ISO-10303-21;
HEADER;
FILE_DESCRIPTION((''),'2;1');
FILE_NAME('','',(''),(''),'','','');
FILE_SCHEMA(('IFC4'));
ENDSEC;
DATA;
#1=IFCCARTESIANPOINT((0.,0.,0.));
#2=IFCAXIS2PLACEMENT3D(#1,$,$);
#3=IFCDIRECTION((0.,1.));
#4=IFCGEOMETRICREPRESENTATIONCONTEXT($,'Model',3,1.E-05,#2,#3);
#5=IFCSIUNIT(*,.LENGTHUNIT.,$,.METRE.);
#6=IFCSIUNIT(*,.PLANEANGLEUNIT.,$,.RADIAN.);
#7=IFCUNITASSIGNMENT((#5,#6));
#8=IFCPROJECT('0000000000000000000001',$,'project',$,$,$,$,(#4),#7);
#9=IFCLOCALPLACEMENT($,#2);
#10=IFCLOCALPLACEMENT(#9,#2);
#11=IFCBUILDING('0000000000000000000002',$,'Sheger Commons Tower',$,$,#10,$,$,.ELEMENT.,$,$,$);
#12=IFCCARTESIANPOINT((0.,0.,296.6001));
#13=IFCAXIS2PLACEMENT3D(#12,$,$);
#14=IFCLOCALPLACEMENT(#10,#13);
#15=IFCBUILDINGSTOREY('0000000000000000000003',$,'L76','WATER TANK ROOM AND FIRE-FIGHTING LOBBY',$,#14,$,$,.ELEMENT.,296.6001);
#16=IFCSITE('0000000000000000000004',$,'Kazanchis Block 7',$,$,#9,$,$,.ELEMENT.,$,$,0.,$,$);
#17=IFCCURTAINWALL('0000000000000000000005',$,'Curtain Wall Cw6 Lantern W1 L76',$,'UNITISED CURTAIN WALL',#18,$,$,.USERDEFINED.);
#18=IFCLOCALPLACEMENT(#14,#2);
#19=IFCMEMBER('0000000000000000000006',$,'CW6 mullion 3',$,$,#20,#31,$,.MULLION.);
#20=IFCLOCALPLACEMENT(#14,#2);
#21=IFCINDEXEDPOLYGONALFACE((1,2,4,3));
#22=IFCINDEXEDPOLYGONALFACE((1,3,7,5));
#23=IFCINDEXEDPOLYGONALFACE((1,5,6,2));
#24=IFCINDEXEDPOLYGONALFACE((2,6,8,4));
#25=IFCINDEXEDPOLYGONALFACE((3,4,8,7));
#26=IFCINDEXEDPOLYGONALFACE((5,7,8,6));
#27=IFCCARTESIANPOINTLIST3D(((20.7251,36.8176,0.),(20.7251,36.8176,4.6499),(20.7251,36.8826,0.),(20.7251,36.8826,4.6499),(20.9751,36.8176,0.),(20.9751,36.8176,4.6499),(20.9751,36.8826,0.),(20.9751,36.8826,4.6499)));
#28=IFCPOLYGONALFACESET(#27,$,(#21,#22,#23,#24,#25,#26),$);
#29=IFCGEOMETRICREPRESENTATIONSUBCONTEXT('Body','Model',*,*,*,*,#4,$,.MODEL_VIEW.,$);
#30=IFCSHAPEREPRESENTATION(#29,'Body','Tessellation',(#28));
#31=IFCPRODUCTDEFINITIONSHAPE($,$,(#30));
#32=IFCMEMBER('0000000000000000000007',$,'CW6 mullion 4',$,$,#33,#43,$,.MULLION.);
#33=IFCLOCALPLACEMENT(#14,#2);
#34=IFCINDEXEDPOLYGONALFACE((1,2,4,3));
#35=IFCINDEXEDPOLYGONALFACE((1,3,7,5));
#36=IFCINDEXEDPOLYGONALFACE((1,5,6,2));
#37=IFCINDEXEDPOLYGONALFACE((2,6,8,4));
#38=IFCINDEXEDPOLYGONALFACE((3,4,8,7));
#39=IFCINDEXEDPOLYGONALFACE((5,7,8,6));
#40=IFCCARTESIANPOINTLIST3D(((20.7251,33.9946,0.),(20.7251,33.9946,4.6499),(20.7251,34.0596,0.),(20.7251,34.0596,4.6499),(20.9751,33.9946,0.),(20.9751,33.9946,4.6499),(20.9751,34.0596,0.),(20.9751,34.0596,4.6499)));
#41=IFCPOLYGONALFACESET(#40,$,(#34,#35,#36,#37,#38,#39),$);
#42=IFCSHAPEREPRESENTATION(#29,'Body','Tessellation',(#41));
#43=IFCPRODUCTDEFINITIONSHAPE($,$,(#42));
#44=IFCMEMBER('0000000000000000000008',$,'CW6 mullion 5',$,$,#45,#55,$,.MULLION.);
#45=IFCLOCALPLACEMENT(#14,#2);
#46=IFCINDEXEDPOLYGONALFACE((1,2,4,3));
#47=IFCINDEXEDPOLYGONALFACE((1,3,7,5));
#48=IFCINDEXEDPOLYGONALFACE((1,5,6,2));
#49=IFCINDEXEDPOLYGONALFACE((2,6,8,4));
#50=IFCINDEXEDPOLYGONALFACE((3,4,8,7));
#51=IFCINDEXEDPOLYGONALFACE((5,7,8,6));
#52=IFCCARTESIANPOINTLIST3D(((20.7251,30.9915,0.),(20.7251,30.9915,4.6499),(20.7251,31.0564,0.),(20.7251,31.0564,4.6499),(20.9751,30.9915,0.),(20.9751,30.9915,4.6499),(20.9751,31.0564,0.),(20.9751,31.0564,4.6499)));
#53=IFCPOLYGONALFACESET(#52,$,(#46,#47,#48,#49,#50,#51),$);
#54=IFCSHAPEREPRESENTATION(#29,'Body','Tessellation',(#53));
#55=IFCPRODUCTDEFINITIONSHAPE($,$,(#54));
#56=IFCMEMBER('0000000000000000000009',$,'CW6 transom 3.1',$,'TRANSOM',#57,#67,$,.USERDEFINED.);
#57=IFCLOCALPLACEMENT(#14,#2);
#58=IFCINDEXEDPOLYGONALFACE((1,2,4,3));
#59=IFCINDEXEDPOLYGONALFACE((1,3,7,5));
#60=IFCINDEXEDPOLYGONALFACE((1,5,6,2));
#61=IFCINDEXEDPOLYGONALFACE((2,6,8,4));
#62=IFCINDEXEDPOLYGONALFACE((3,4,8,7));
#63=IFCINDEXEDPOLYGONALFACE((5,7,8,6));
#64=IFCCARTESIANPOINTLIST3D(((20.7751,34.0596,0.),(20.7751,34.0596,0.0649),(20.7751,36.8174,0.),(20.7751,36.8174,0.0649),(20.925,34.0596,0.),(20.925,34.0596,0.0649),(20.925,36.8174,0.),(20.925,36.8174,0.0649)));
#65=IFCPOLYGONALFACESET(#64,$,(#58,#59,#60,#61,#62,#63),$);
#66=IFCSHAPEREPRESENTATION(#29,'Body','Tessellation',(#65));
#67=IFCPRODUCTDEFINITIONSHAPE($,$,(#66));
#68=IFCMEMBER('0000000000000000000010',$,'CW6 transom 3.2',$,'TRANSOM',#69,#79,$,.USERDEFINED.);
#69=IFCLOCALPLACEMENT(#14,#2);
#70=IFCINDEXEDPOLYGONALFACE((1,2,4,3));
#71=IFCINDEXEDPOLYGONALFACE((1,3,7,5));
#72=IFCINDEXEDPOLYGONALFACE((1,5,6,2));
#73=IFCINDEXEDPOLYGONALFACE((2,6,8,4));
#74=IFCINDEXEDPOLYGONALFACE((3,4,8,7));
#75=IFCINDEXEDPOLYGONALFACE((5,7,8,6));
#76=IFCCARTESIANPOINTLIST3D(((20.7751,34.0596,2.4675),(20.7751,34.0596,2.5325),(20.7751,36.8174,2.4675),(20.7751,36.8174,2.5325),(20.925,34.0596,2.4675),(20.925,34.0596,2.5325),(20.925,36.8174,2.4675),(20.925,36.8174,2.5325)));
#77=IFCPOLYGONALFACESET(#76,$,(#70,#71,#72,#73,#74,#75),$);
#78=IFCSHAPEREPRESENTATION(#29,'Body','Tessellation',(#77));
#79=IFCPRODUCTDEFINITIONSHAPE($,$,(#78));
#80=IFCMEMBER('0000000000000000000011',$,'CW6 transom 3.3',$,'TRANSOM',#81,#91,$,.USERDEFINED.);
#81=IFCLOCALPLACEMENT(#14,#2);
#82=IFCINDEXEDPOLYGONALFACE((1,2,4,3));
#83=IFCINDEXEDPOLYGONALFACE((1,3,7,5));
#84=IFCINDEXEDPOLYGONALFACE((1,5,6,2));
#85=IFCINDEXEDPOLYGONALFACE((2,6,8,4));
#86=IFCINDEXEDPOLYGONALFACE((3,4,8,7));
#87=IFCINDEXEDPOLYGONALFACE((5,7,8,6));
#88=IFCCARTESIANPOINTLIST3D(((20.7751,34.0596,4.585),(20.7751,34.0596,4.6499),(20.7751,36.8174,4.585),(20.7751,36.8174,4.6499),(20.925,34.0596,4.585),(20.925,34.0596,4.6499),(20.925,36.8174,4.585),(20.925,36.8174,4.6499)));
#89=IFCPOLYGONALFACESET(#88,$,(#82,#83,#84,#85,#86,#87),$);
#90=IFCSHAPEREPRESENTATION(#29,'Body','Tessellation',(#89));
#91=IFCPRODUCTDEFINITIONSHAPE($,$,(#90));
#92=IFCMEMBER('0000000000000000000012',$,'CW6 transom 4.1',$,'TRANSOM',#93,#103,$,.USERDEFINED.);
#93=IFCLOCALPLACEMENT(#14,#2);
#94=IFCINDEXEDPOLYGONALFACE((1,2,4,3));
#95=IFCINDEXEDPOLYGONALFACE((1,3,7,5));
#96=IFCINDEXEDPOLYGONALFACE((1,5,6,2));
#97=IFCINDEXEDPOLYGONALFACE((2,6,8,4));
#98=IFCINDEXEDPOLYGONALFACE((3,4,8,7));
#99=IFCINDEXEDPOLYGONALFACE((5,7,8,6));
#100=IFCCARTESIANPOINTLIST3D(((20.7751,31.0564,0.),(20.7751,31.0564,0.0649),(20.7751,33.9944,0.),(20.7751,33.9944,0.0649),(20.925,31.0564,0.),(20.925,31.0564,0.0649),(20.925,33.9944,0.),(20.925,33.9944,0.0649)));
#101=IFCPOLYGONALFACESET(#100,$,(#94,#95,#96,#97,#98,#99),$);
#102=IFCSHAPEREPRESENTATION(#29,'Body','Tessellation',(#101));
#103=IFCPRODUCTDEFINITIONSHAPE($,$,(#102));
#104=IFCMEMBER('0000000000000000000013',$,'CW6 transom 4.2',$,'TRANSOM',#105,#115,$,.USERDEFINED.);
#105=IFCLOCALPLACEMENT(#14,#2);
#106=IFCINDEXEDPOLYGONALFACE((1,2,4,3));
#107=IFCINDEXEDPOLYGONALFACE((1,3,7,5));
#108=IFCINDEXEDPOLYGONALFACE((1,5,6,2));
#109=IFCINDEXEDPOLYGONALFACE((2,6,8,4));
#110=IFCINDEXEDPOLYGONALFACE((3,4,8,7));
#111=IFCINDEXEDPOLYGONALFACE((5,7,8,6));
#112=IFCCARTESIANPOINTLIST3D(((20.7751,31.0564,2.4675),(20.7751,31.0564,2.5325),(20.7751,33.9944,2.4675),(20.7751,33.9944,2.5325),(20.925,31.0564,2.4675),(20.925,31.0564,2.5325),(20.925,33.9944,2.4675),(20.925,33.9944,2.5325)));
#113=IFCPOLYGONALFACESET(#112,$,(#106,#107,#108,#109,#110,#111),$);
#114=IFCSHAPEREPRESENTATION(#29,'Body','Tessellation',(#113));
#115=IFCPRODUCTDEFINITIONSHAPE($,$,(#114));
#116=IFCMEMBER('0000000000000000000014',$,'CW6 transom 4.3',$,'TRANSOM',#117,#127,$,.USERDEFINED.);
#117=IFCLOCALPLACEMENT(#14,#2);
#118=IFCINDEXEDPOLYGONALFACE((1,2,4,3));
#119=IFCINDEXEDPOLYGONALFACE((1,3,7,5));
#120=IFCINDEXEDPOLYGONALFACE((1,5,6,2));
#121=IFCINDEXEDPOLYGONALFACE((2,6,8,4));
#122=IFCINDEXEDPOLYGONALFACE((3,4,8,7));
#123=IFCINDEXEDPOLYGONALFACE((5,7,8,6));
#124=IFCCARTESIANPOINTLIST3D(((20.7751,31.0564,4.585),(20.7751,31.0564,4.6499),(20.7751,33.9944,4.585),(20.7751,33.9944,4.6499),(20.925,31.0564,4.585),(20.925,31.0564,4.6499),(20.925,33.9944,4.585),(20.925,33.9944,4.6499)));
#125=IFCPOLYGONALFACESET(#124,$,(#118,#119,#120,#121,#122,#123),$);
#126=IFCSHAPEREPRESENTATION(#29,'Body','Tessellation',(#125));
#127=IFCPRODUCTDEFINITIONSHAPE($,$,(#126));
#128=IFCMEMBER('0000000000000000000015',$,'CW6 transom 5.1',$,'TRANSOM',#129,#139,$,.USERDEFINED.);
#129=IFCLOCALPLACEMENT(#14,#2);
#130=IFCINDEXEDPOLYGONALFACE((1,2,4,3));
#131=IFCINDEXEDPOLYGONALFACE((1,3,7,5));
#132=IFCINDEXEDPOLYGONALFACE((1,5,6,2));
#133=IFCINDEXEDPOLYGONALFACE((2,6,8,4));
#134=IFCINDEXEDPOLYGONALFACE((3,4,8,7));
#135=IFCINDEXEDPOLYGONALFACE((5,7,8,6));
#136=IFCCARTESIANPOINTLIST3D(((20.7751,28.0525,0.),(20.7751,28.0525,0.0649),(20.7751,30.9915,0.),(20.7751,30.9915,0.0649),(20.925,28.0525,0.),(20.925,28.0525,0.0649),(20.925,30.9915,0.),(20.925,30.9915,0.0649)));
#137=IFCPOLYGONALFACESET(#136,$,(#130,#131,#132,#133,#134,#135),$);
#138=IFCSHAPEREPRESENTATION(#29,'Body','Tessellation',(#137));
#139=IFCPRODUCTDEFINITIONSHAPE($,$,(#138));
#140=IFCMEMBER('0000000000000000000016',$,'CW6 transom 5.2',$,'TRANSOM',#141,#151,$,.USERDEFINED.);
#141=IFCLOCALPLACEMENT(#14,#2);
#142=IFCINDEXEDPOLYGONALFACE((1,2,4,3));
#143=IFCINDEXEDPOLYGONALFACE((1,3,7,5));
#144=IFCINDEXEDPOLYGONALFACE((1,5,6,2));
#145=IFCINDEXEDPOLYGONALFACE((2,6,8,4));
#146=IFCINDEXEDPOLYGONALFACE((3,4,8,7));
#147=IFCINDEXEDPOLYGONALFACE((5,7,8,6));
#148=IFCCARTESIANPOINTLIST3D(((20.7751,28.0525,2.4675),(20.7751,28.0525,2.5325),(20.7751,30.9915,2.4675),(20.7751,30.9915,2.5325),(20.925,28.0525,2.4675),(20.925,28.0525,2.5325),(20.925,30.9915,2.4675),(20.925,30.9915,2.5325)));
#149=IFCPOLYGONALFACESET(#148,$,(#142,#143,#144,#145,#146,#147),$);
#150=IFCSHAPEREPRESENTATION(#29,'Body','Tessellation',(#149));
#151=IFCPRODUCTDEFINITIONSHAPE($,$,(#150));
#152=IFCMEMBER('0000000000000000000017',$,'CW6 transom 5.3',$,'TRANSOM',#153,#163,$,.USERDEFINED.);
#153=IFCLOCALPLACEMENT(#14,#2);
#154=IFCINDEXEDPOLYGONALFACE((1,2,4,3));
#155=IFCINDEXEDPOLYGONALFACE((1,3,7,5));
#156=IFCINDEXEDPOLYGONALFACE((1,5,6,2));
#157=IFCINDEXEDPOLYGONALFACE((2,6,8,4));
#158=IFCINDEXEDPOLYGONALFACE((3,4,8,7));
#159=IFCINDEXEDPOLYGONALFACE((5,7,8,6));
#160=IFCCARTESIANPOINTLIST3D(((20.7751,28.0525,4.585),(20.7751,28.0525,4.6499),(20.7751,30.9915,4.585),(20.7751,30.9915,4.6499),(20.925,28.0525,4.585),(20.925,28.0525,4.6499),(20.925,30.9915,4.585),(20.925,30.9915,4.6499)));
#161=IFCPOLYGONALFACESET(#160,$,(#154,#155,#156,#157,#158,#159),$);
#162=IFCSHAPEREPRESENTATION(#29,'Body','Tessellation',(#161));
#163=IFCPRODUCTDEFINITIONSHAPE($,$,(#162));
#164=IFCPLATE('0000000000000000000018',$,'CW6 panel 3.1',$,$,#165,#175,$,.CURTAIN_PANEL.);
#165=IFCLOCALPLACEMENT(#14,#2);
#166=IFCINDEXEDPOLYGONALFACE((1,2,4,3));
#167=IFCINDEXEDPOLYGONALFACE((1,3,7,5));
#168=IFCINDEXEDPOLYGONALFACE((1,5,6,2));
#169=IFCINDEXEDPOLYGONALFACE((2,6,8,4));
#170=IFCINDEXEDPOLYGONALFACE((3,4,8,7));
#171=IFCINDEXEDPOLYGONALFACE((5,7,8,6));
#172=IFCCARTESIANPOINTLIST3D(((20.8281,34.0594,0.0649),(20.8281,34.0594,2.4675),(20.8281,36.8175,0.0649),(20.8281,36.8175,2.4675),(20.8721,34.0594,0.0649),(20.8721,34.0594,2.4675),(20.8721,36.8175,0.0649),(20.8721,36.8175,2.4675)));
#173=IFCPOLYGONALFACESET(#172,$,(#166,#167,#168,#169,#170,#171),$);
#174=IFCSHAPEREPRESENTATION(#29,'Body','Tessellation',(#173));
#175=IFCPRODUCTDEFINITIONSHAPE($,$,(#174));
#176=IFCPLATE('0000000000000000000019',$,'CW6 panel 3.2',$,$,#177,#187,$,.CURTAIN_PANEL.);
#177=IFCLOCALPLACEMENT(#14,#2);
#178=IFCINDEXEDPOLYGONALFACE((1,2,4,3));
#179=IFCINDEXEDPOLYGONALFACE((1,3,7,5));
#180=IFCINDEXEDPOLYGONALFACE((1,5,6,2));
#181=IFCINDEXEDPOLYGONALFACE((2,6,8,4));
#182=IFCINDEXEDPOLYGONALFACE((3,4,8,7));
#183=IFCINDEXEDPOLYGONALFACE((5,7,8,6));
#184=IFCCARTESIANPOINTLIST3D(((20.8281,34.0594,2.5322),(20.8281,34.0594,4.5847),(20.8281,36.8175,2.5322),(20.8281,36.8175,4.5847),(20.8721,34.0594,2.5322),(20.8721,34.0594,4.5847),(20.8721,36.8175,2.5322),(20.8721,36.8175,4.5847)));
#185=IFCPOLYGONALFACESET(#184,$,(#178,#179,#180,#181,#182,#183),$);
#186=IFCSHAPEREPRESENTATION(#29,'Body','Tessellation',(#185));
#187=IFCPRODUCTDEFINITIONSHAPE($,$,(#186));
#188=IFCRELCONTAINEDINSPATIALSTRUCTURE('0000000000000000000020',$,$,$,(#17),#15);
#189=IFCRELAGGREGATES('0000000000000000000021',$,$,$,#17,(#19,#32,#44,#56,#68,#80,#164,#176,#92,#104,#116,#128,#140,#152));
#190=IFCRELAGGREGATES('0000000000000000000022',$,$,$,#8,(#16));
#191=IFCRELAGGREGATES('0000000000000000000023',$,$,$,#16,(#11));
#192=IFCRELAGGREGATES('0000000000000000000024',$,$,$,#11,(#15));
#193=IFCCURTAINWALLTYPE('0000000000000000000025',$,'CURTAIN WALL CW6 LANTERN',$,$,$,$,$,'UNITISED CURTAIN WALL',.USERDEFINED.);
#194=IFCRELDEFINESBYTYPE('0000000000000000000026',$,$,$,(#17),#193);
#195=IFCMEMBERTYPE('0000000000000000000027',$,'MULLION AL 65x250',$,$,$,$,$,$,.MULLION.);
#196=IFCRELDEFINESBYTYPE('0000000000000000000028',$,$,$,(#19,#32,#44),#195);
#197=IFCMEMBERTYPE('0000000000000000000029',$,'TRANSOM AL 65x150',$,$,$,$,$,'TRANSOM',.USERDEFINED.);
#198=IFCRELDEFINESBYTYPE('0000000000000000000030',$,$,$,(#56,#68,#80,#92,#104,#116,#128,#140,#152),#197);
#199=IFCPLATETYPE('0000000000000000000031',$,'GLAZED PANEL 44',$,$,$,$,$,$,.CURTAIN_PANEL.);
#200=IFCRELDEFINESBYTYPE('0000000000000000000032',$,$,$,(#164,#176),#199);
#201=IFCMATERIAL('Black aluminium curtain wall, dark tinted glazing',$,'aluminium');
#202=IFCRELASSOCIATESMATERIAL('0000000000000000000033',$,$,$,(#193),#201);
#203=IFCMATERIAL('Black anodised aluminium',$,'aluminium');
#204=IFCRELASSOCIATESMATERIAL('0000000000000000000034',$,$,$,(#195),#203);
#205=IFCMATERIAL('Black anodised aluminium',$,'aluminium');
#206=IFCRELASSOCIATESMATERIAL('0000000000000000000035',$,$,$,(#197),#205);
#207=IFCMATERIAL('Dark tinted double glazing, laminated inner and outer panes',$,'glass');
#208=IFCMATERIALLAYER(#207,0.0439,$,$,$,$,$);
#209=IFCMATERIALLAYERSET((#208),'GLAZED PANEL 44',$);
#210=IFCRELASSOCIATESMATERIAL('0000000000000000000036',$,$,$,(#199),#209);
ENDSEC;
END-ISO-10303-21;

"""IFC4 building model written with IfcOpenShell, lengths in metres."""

from ifc_helpers import new_model, si_unit, direction, frame, origin, origin_2d, place, context, subcontext, project, spatial, rectangle, extrude, material, layer, layer_set, material_profile, profile_set, type_object, element, aggregate, save


model = new_model("IFC4")

# Units and contexts
model_context = context("Model", 3, precision=1e-05, world=origin(), true_north=direction((0.0, 1.0)))
body_context = subcontext(model_context, "Body", "Model", "MODEL_VIEW")
ifc_project = project(units=[si_unit("LENGTHUNIT", "METRE"), si_unit("PLANEANGLEUNIT", "RADIAN")], contexts=[model_context])

# Site, building, storey
site_placement = place(None, origin())
site = spatial("IfcSite", under=ifc_project, at=site_placement, Name="Kazanchis Block 7", CompositionType="ELEMENT", RefElevation=0.0)
building_placement = place(site_placement, origin())
building = spatial("IfcBuilding", under=site, at=building_placement, Name="Sheger Commons Tower", CompositionType="ELEMENT")
storey_placement = place(building_placement, frame((0.0, 0.0, 296.6001)))
storey = spatial("IfcBuildingStorey", under=building, at=storey_placement, Name="L76", Description="WATER TANK ROOM AND FIRE-FIGHTING LOBBY", CompositionType="ELEMENT", Elevation=296.6001)

# Curtain wall, members, plates
ifc_material_1 = material(Name="Black aluminium curtain wall, dark tinted glazing", Category="aluminium")
curtain_wall_type = type_object("IfcCurtainWallType", Name="CURTAIN WALL CW6 LANTERN", ElementType="UNITISED CURTAIN WALL", PredefinedType="USERDEFINED", material=ifc_material_1)
curtain_wall_placement = place(storey_placement, origin())
curtain_wall = element("IfcCurtainWall", 1, at=curtain_wall_placement, inside=storey, type_object=curtain_wall_type, Name="Curtain Wall Cw6 Lantern W1 L76", ObjectType="UNITISED CURTAIN WALL", PredefinedType="USERDEFINED")
ifc_material_2 = material(Name="Black anodised aluminium", Category="aluminium")
ifc_material_profile_1 = material_profile(ifc_material_2, rectangle(XDim=0.25, YDim=0.0649, at=origin_2d()), Name="AL 65x250")
ifc_profile_set_1 = profile_set([ifc_material_profile_1], Name="Black anodised aluminium")
member_type_1 = type_object("IfcMemberType", Name="MULLION AL 65x250", PredefinedType="MULLION", material=ifc_profile_set_1)
member_1_placement = place(storey_placement, frame((20.8501, 36.8501, 0.0), z_axis=(0.0, 0.0, 1.0), x_axis=(1.0, 0.0, 0.0)))
member_1 = element("IfcMember", 2, at=member_1_placement, type_object=member_type_1, Name="CW6 mullion 3", PredefinedType="MULLION", context=body_context, shape_type="SweptSolid", body=[
    extrude(rectangle(XDim=0.25, YDim=0.0649, at=origin_2d()), origin(), (0.0, 0.0, 1.0), 4.6499),
])
member_2_placement = place(storey_placement, frame((20.8501, 34.0271, 0.0), z_axis=(0.0, 0.0, 1.0), x_axis=(1.0, 0.0, 0.0)))
member_2 = element("IfcMember", 3, at=member_2_placement, type_object=member_type_1, Name="CW6 mullion 4", PredefinedType="MULLION", context=body_context, shape_type="SweptSolid", body=[
    extrude(rectangle(XDim=0.25, YDim=0.0649, at=origin_2d()), origin(), (0.0, 0.0, 1.0), 4.6499),
])
member_3_placement = place(storey_placement, frame((20.8501, 31.0239, 0.0), z_axis=(0.0, 0.0, 1.0), x_axis=(1.0, 0.0, 0.0)))
member_3 = element("IfcMember", 4, at=member_3_placement, type_object=member_type_1, Name="CW6 mullion 5", PredefinedType="MULLION", context=body_context, shape_type="SweptSolid", body=[
    extrude(rectangle(XDim=0.25, YDim=0.0649, at=origin_2d()), origin(), (0.0, 0.0, 1.0), 4.6499),
])
ifc_material_3 = material(Name="Black anodised aluminium", Category="aluminium")
ifc_material_profile_2 = material_profile(ifc_material_3, rectangle(XDim=0.1499, YDim=0.0649, at=origin_2d()), Name="AL 65x150")
ifc_profile_set_2 = profile_set([ifc_material_profile_2], Name="Black anodised aluminium")
member_type_2 = type_object("IfcMemberType", Name="TRANSOM AL 65x150", ElementType="TRANSOM", PredefinedType="USERDEFINED", material=ifc_profile_set_2)
member_4_placement = place(storey_placement, frame((20.8501, 36.8174, 0.0325), z_axis=(0.0, -1.0, 0.0), x_axis=(1.0, 0.0, 0.0)))
member_4 = element("IfcMember", 5, at=member_4_placement, type_object=member_type_2, Name="CW6 transom 3.1", ObjectType="TRANSOM", PredefinedType="USERDEFINED", context=body_context, shape_type="SweptSolid", body=[
    extrude(rectangle(XDim=0.1499, YDim=0.0649, at=origin_2d()), origin(), (0.0, 0.0, 1.0), 2.7578),
])
member_5_placement = place(storey_placement, frame((20.8501, 36.8174, 2.5), z_axis=(0.0, -1.0, 0.0), x_axis=(1.0, 0.0, 0.0)))
member_5 = element("IfcMember", 6, at=member_5_placement, type_object=member_type_2, Name="CW6 transom 3.2", ObjectType="TRANSOM", PredefinedType="USERDEFINED", context=body_context, shape_type="SweptSolid", body=[
    extrude(rectangle(XDim=0.1499, YDim=0.0649, at=origin_2d()), origin(), (0.0, 0.0, 1.0), 2.7578),
])
member_6_placement = place(storey_placement, frame((20.8501, 36.8174, 4.6174), z_axis=(0.0, -1.0, 0.0), x_axis=(1.0, 0.0, 0.0)))
member_6 = element("IfcMember", 7, at=member_6_placement, type_object=member_type_2, Name="CW6 transom 3.3", ObjectType="TRANSOM", PredefinedType="USERDEFINED", context=body_context, shape_type="SweptSolid", body=[
    extrude(rectangle(XDim=0.1499, YDim=0.0649, at=origin_2d()), origin(), (0.0, 0.0, 1.0), 2.7578),
])
member_7_placement = place(storey_placement, frame((20.8501, 33.9944, 0.0325), z_axis=(0.0, -1.0, 0.0), x_axis=(1.0, 0.0, 0.0)))
member_7 = element("IfcMember", 8, at=member_7_placement, type_object=member_type_2, Name="CW6 transom 4.1", ObjectType="TRANSOM", PredefinedType="USERDEFINED", context=body_context, shape_type="SweptSolid", body=[
    extrude(rectangle(XDim=0.1499, YDim=0.0649, at=origin_2d()), origin(), (0.0, 0.0, 1.0), 2.938),
])
member_8_placement = place(storey_placement, frame((20.8501, 33.9944, 2.5), z_axis=(0.0, -1.0, 0.0), x_axis=(1.0, 0.0, 0.0)))
member_8 = element("IfcMember", 9, at=member_8_placement, type_object=member_type_2, Name="CW6 transom 4.2", ObjectType="TRANSOM", PredefinedType="USERDEFINED", context=body_context, shape_type="SweptSolid", body=[
    extrude(rectangle(XDim=0.1499, YDim=0.0649, at=origin_2d()), origin(), (0.0, 0.0, 1.0), 2.938),
])
member_9_placement = place(storey_placement, frame((20.8501, 33.9944, 4.6174), z_axis=(0.0, -1.0, 0.0), x_axis=(1.0, 0.0, 0.0)))
member_9 = element("IfcMember", 10, at=member_9_placement, type_object=member_type_2, Name="CW6 transom 4.3", ObjectType="TRANSOM", PredefinedType="USERDEFINED", context=body_context, shape_type="SweptSolid", body=[
    extrude(rectangle(XDim=0.1499, YDim=0.0649, at=origin_2d()), origin(), (0.0, 0.0, 1.0), 2.938),
])
member_10_placement = place(storey_placement, frame((20.8501, 30.9915, 0.0325), z_axis=(0.0, -1.0, 0.0), x_axis=(1.0, 0.0, 0.0)))
member_10 = element("IfcMember", 11, at=member_10_placement, type_object=member_type_2, Name="CW6 transom 5.1", ObjectType="TRANSOM", PredefinedType="USERDEFINED", context=body_context, shape_type="SweptSolid", body=[
    extrude(rectangle(XDim=0.1499, YDim=0.0649, at=origin_2d()), origin(), (0.0, 0.0, 1.0), 2.939),
])
member_11_placement = place(storey_placement, frame((20.8501, 30.9915, 2.5), z_axis=(0.0, -1.0, 0.0), x_axis=(1.0, 0.0, 0.0)))
member_11 = element("IfcMember", 12, at=member_11_placement, type_object=member_type_2, Name="CW6 transom 5.2", ObjectType="TRANSOM", PredefinedType="USERDEFINED", context=body_context, shape_type="SweptSolid", body=[
    extrude(rectangle(XDim=0.1499, YDim=0.0649, at=origin_2d()), origin(), (0.0, 0.0, 1.0), 2.939),
])
member_12_placement = place(storey_placement, frame((20.8501, 30.9915, 4.6174), z_axis=(0.0, -1.0, 0.0), x_axis=(1.0, 0.0, 0.0)))
member_12 = element("IfcMember", 13, at=member_12_placement, type_object=member_type_2, Name="CW6 transom 5.3", ObjectType="TRANSOM", PredefinedType="USERDEFINED", context=body_context, shape_type="SweptSolid", body=[
    extrude(rectangle(XDim=0.1499, YDim=0.0649, at=origin_2d()), origin(), (0.0, 0.0, 1.0), 2.939),
])
ifc_material_4 = material(Name="Dark tinted double glazing, laminated inner and outer panes", Category="glass")
ifc_layer_1 = layer(ifc_material_4, 0.0439)
ifc_layer_set_1 = layer_set([ifc_layer_1], Name="GLAZED PANEL 44")
plate_type = type_object("IfcPlateType", Name="GLAZED PANEL 44", PredefinedType="CURTAIN_PANEL", material=ifc_layer_set_1)
plate_1_placement = place(storey_placement, frame((20.8501, 35.4385, 0.0649), z_axis=(0.0, 0.0, 1.0), x_axis=(0.0, -1.0, 0.0)))
plate_1 = element("IfcPlate", 14, at=plate_1_placement, type_object=plate_type, Name="CW6 panel 3.1", PredefinedType="CURTAIN_PANEL", context=body_context, shape_type="SweptSolid", body=[
    extrude(rectangle(XDim=2.7581, YDim=0.0439, at=origin_2d()), origin(), (0.0, 0.0, 1.0), 2.4026),
])
plate_2_placement = place(storey_placement, frame((20.8501, 35.4385, 2.5322), z_axis=(0.0, 0.0, 1.0), x_axis=(0.0, -1.0, 0.0)))
plate_2 = element("IfcPlate", 15, at=plate_2_placement, type_object=plate_type, Name="CW6 panel 3.2", PredefinedType="CURTAIN_PANEL", context=body_context, shape_type="SweptSolid", body=[
    extrude(rectangle(XDim=2.7581, YDim=0.0439, at=origin_2d()), origin(), (0.0, 0.0, 1.0), 2.0525),
])
aggregate(curtain_wall, [member_1, member_2, member_3, member_4, member_5, member_6, plate_1, plate_2, member_7, member_8, member_9, member_10, member_11, member_12])

save(model, "model.ifc")
